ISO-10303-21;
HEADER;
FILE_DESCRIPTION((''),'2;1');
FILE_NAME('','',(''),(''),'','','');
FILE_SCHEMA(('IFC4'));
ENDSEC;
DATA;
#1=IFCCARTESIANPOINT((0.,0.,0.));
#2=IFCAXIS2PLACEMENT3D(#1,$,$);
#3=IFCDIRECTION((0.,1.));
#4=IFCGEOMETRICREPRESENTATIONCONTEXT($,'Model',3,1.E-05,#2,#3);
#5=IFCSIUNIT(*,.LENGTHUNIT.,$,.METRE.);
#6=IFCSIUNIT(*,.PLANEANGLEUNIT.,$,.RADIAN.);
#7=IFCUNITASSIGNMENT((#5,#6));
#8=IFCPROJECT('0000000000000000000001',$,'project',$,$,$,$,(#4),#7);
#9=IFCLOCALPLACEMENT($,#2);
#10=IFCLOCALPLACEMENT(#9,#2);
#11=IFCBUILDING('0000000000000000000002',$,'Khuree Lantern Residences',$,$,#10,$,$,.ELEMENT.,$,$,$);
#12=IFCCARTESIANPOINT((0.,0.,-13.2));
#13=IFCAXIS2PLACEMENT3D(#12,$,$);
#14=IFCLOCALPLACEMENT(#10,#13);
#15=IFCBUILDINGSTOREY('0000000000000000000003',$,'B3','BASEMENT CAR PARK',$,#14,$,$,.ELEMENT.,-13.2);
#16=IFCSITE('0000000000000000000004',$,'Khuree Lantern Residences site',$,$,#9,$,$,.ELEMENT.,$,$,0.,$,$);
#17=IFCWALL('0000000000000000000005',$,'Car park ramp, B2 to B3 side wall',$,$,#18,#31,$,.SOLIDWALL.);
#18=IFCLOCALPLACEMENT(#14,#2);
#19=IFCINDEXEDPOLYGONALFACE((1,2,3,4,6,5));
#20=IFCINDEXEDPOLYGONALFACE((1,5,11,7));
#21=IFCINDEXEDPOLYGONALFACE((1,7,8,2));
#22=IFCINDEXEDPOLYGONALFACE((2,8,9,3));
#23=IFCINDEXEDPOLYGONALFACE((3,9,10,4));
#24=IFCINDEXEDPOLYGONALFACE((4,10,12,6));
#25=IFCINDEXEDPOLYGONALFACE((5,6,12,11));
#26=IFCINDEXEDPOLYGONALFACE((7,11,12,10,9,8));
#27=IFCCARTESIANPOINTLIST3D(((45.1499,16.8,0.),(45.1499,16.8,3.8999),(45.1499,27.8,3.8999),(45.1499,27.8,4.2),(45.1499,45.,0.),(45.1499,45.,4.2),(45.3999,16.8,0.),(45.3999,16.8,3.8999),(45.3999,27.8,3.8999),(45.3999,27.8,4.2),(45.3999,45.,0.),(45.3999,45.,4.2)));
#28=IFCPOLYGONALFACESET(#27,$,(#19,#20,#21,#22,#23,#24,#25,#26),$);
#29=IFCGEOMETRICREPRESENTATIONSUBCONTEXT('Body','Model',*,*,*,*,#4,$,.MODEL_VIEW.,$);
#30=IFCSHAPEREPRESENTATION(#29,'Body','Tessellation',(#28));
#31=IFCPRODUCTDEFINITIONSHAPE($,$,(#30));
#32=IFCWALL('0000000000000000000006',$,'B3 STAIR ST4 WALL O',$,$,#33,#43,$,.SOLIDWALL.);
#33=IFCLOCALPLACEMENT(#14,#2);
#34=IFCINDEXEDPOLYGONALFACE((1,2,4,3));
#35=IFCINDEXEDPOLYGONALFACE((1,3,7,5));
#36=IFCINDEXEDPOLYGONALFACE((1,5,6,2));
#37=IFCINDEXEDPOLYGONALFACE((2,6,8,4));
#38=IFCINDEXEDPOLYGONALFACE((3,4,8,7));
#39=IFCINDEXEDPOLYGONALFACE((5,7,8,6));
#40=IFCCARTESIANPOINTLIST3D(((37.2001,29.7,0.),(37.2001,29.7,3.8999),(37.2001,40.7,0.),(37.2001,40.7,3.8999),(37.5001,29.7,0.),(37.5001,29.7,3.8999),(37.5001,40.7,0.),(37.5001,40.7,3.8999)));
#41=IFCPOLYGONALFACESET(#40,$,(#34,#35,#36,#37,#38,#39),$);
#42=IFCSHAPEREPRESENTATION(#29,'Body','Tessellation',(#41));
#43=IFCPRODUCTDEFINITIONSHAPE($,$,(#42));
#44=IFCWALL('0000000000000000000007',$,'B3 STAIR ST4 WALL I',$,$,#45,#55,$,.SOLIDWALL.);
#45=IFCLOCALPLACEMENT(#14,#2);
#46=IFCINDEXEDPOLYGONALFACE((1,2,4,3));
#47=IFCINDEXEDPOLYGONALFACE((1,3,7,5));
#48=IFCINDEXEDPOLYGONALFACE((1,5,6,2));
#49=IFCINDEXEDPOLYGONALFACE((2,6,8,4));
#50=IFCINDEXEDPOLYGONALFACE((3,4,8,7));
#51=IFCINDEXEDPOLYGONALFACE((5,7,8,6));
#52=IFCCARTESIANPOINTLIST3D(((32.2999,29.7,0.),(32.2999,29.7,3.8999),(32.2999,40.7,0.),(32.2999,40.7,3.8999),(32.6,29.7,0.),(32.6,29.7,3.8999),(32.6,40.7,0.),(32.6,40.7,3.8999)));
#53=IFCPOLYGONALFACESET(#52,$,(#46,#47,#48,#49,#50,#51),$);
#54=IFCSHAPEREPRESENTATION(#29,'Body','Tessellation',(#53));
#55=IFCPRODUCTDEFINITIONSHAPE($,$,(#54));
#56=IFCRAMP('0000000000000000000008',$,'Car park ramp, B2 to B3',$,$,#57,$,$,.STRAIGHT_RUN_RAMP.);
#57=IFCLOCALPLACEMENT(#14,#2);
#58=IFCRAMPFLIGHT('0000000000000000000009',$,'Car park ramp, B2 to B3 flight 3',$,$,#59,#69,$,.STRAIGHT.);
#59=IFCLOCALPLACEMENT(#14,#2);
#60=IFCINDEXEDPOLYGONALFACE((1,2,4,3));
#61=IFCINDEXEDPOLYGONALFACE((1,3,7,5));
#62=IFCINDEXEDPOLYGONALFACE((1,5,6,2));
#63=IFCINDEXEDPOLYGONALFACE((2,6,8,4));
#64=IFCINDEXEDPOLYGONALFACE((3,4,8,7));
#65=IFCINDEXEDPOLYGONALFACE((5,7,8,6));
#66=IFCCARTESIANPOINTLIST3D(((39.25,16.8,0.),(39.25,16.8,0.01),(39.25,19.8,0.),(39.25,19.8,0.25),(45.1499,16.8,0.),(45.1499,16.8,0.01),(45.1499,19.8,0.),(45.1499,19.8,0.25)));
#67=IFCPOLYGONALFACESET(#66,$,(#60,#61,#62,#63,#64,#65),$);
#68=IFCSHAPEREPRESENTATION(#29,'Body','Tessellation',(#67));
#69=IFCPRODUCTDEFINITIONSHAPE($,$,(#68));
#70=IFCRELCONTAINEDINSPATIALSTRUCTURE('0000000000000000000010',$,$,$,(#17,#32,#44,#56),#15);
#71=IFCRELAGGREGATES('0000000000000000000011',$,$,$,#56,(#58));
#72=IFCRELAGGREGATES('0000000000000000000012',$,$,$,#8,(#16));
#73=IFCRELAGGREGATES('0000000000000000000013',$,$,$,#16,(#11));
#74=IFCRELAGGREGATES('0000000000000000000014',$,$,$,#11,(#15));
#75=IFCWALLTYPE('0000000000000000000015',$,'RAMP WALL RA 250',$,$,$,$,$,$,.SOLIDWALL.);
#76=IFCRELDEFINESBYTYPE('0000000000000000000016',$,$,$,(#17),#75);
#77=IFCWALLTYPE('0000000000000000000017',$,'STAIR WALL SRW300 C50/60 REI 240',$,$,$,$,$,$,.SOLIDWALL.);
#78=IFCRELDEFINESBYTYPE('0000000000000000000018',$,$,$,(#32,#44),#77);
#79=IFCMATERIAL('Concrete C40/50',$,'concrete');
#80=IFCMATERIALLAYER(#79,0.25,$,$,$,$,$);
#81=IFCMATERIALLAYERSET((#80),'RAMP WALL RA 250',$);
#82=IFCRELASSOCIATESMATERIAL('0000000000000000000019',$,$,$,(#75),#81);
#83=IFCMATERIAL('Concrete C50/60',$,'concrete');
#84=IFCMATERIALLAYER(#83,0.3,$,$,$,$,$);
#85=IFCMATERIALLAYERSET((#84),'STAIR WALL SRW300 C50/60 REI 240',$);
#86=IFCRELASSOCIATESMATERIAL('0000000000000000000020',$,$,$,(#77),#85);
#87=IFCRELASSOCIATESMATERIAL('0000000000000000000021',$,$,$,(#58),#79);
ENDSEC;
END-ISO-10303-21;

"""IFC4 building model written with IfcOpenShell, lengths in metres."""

from ifc_helpers import new_model, si_unit, direction, frame, frame_2d, origin, place, context, subcontext, project, spatial, polyline, rectangle, outline, extrude, material, layer, layer_set, type_object, element, aggregate, save


model = new_model("IFC4")

# Units and contexts
model_context = context("Model", 3, precision=1e-05, world=origin(), true_north=direction((0.0, 1.0)))
body_context = subcontext(model_context, "Body", "Model", "MODEL_VIEW")
ifc_project = project(units=[si_unit("LENGTHUNIT", "METRE"), si_unit("PLANEANGLEUNIT", "RADIAN")], contexts=[model_context])

# Site, building, storey
site_placement = place(None, origin())
site = spatial("IfcSite", under=ifc_project, at=site_placement, Name="Khuree Lantern Residences site", CompositionType="ELEMENT", RefElevation=0.0)
building_placement = place(site_placement, origin())
building = spatial("IfcBuilding", under=site, at=building_placement, Name="Khuree Lantern Residences", CompositionType="ELEMENT")
storey_placement = place(building_placement, frame((0.0, 0.0, -13.2)))
storey = spatial("IfcBuildingStorey", under=building, at=storey_placement, Name="B3", Description="BASEMENT CAR PARK", CompositionType="ELEMENT", Elevation=-13.2)

# Shared definitions
ifc_material_1 = material(Name="Concrete C40/50", Category="concrete")

# Walls
ifc_layer_1 = layer(ifc_material_1, 0.25)
ifc_layer_set_1 = layer_set([ifc_layer_1], Name="RAMP WALL RA 250")
wall_type_1 = type_object("IfcWallType", Name="RAMP WALL RA 250", PredefinedType="SOLIDWALL", material=ifc_layer_set_1)
for number, where, z_axis, x_axis, name in (
    (1, (45.2749, 16.8, 0.0), (0.0, 0.0, 1.0), (0.0, 1.0, 0.0), "Car park ramp, B2 to B3 side wall"),
):
    element("IfcWall", number, at=place(storey_placement, frame(where, z_axis=z_axis, x_axis=x_axis)), inside=storey, type_object=wall_type_1, Name=name, PredefinedType="SOLIDWALL", context=body_context, shape_type="SweptSolid", body=[
        extrude(outline(polyline([(0.0, 0.0), (28.2, 0.0), (28.2, 4.2), (11.0, 4.2), (11.0, 3.8999), (0.0, 3.8999), (0.0, 0.0)])), frame((0.0, 0.125, 0.0), z_axis=(0.0, -1.0, 0.0), x_axis=(1.0, 0.0, 0.0)), (0.0, 0.0, 1.0), 0.25),
    ])
ifc_material_2 = material(Name="Concrete C50/60", Category="concrete")
ifc_layer_2 = layer(ifc_material_2, 0.3)
ifc_layer_set_2 = layer_set([ifc_layer_2], Name="STAIR WALL SRW300 C50/60 REI 240")
wall_type_2 = type_object("IfcWallType", Name="STAIR WALL SRW300 C50/60 REI 240", PredefinedType="SOLIDWALL", material=ifc_layer_set_2)
for number, where, z_axis, x_axis, name in (
    (2, (37.3501, 29.7, 0.0), (0.0, 0.0, 1.0), (0.0, 1.0, 0.0), "B3 STAIR ST4 WALL O"),
    (3, (32.45, 29.7, 0.0), (0.0, 0.0, 1.0), (0.0, 1.0, 0.0), "B3 STAIR ST4 WALL I"),
):
    element("IfcWall", number, at=place(storey_placement, frame(where, z_axis=z_axis, x_axis=x_axis)), inside=storey, type_object=wall_type_2, Name=name, PredefinedType="SOLIDWALL", context=body_context, shape_type="SweptSolid", body=[
        extrude(rectangle(XDim=11.0, YDim=0.3, at=frame_2d((5.5, 0.0))), origin(), (0.0, 0.0, 1.0), 3.8999),
    ])

# Ramp, ramp flight
ramp_placement = place(storey_placement, origin())
ramp = element("IfcRamp", 4, at=ramp_placement, inside=storey, Name="Car park ramp, B2 to B3", PredefinedType="STRAIGHT_RUN_RAMP")
ramp_flight_placement = place(storey_placement, frame((42.2, 19.8, 0.0), z_axis=(0.0, 0.0, 1.0), x_axis=(0.0, -1.0, 0.0)))
ramp_flight = element("IfcRampFlight", 5, at=ramp_flight_placement, material=ifc_material_1, Name="Car park ramp, B2 to B3 flight 3", PredefinedType="STRAIGHT", context=body_context, shape_type="SweptSolid", body=[
    extrude(outline(polyline([(0.0, 0.0), (3.0, 0.0), (3.0, 0.01), (0.0, 0.25), (0.0, 0.0)])), frame((0.0, 2.95, 0.0), z_axis=(0.0, -1.0, 0.0), x_axis=(1.0, 0.0, 0.0)), (0.0, 0.0, 1.0), 5.8999),
])
aggregate(ramp, [ramp_flight])

save(model, "model.ifc")
